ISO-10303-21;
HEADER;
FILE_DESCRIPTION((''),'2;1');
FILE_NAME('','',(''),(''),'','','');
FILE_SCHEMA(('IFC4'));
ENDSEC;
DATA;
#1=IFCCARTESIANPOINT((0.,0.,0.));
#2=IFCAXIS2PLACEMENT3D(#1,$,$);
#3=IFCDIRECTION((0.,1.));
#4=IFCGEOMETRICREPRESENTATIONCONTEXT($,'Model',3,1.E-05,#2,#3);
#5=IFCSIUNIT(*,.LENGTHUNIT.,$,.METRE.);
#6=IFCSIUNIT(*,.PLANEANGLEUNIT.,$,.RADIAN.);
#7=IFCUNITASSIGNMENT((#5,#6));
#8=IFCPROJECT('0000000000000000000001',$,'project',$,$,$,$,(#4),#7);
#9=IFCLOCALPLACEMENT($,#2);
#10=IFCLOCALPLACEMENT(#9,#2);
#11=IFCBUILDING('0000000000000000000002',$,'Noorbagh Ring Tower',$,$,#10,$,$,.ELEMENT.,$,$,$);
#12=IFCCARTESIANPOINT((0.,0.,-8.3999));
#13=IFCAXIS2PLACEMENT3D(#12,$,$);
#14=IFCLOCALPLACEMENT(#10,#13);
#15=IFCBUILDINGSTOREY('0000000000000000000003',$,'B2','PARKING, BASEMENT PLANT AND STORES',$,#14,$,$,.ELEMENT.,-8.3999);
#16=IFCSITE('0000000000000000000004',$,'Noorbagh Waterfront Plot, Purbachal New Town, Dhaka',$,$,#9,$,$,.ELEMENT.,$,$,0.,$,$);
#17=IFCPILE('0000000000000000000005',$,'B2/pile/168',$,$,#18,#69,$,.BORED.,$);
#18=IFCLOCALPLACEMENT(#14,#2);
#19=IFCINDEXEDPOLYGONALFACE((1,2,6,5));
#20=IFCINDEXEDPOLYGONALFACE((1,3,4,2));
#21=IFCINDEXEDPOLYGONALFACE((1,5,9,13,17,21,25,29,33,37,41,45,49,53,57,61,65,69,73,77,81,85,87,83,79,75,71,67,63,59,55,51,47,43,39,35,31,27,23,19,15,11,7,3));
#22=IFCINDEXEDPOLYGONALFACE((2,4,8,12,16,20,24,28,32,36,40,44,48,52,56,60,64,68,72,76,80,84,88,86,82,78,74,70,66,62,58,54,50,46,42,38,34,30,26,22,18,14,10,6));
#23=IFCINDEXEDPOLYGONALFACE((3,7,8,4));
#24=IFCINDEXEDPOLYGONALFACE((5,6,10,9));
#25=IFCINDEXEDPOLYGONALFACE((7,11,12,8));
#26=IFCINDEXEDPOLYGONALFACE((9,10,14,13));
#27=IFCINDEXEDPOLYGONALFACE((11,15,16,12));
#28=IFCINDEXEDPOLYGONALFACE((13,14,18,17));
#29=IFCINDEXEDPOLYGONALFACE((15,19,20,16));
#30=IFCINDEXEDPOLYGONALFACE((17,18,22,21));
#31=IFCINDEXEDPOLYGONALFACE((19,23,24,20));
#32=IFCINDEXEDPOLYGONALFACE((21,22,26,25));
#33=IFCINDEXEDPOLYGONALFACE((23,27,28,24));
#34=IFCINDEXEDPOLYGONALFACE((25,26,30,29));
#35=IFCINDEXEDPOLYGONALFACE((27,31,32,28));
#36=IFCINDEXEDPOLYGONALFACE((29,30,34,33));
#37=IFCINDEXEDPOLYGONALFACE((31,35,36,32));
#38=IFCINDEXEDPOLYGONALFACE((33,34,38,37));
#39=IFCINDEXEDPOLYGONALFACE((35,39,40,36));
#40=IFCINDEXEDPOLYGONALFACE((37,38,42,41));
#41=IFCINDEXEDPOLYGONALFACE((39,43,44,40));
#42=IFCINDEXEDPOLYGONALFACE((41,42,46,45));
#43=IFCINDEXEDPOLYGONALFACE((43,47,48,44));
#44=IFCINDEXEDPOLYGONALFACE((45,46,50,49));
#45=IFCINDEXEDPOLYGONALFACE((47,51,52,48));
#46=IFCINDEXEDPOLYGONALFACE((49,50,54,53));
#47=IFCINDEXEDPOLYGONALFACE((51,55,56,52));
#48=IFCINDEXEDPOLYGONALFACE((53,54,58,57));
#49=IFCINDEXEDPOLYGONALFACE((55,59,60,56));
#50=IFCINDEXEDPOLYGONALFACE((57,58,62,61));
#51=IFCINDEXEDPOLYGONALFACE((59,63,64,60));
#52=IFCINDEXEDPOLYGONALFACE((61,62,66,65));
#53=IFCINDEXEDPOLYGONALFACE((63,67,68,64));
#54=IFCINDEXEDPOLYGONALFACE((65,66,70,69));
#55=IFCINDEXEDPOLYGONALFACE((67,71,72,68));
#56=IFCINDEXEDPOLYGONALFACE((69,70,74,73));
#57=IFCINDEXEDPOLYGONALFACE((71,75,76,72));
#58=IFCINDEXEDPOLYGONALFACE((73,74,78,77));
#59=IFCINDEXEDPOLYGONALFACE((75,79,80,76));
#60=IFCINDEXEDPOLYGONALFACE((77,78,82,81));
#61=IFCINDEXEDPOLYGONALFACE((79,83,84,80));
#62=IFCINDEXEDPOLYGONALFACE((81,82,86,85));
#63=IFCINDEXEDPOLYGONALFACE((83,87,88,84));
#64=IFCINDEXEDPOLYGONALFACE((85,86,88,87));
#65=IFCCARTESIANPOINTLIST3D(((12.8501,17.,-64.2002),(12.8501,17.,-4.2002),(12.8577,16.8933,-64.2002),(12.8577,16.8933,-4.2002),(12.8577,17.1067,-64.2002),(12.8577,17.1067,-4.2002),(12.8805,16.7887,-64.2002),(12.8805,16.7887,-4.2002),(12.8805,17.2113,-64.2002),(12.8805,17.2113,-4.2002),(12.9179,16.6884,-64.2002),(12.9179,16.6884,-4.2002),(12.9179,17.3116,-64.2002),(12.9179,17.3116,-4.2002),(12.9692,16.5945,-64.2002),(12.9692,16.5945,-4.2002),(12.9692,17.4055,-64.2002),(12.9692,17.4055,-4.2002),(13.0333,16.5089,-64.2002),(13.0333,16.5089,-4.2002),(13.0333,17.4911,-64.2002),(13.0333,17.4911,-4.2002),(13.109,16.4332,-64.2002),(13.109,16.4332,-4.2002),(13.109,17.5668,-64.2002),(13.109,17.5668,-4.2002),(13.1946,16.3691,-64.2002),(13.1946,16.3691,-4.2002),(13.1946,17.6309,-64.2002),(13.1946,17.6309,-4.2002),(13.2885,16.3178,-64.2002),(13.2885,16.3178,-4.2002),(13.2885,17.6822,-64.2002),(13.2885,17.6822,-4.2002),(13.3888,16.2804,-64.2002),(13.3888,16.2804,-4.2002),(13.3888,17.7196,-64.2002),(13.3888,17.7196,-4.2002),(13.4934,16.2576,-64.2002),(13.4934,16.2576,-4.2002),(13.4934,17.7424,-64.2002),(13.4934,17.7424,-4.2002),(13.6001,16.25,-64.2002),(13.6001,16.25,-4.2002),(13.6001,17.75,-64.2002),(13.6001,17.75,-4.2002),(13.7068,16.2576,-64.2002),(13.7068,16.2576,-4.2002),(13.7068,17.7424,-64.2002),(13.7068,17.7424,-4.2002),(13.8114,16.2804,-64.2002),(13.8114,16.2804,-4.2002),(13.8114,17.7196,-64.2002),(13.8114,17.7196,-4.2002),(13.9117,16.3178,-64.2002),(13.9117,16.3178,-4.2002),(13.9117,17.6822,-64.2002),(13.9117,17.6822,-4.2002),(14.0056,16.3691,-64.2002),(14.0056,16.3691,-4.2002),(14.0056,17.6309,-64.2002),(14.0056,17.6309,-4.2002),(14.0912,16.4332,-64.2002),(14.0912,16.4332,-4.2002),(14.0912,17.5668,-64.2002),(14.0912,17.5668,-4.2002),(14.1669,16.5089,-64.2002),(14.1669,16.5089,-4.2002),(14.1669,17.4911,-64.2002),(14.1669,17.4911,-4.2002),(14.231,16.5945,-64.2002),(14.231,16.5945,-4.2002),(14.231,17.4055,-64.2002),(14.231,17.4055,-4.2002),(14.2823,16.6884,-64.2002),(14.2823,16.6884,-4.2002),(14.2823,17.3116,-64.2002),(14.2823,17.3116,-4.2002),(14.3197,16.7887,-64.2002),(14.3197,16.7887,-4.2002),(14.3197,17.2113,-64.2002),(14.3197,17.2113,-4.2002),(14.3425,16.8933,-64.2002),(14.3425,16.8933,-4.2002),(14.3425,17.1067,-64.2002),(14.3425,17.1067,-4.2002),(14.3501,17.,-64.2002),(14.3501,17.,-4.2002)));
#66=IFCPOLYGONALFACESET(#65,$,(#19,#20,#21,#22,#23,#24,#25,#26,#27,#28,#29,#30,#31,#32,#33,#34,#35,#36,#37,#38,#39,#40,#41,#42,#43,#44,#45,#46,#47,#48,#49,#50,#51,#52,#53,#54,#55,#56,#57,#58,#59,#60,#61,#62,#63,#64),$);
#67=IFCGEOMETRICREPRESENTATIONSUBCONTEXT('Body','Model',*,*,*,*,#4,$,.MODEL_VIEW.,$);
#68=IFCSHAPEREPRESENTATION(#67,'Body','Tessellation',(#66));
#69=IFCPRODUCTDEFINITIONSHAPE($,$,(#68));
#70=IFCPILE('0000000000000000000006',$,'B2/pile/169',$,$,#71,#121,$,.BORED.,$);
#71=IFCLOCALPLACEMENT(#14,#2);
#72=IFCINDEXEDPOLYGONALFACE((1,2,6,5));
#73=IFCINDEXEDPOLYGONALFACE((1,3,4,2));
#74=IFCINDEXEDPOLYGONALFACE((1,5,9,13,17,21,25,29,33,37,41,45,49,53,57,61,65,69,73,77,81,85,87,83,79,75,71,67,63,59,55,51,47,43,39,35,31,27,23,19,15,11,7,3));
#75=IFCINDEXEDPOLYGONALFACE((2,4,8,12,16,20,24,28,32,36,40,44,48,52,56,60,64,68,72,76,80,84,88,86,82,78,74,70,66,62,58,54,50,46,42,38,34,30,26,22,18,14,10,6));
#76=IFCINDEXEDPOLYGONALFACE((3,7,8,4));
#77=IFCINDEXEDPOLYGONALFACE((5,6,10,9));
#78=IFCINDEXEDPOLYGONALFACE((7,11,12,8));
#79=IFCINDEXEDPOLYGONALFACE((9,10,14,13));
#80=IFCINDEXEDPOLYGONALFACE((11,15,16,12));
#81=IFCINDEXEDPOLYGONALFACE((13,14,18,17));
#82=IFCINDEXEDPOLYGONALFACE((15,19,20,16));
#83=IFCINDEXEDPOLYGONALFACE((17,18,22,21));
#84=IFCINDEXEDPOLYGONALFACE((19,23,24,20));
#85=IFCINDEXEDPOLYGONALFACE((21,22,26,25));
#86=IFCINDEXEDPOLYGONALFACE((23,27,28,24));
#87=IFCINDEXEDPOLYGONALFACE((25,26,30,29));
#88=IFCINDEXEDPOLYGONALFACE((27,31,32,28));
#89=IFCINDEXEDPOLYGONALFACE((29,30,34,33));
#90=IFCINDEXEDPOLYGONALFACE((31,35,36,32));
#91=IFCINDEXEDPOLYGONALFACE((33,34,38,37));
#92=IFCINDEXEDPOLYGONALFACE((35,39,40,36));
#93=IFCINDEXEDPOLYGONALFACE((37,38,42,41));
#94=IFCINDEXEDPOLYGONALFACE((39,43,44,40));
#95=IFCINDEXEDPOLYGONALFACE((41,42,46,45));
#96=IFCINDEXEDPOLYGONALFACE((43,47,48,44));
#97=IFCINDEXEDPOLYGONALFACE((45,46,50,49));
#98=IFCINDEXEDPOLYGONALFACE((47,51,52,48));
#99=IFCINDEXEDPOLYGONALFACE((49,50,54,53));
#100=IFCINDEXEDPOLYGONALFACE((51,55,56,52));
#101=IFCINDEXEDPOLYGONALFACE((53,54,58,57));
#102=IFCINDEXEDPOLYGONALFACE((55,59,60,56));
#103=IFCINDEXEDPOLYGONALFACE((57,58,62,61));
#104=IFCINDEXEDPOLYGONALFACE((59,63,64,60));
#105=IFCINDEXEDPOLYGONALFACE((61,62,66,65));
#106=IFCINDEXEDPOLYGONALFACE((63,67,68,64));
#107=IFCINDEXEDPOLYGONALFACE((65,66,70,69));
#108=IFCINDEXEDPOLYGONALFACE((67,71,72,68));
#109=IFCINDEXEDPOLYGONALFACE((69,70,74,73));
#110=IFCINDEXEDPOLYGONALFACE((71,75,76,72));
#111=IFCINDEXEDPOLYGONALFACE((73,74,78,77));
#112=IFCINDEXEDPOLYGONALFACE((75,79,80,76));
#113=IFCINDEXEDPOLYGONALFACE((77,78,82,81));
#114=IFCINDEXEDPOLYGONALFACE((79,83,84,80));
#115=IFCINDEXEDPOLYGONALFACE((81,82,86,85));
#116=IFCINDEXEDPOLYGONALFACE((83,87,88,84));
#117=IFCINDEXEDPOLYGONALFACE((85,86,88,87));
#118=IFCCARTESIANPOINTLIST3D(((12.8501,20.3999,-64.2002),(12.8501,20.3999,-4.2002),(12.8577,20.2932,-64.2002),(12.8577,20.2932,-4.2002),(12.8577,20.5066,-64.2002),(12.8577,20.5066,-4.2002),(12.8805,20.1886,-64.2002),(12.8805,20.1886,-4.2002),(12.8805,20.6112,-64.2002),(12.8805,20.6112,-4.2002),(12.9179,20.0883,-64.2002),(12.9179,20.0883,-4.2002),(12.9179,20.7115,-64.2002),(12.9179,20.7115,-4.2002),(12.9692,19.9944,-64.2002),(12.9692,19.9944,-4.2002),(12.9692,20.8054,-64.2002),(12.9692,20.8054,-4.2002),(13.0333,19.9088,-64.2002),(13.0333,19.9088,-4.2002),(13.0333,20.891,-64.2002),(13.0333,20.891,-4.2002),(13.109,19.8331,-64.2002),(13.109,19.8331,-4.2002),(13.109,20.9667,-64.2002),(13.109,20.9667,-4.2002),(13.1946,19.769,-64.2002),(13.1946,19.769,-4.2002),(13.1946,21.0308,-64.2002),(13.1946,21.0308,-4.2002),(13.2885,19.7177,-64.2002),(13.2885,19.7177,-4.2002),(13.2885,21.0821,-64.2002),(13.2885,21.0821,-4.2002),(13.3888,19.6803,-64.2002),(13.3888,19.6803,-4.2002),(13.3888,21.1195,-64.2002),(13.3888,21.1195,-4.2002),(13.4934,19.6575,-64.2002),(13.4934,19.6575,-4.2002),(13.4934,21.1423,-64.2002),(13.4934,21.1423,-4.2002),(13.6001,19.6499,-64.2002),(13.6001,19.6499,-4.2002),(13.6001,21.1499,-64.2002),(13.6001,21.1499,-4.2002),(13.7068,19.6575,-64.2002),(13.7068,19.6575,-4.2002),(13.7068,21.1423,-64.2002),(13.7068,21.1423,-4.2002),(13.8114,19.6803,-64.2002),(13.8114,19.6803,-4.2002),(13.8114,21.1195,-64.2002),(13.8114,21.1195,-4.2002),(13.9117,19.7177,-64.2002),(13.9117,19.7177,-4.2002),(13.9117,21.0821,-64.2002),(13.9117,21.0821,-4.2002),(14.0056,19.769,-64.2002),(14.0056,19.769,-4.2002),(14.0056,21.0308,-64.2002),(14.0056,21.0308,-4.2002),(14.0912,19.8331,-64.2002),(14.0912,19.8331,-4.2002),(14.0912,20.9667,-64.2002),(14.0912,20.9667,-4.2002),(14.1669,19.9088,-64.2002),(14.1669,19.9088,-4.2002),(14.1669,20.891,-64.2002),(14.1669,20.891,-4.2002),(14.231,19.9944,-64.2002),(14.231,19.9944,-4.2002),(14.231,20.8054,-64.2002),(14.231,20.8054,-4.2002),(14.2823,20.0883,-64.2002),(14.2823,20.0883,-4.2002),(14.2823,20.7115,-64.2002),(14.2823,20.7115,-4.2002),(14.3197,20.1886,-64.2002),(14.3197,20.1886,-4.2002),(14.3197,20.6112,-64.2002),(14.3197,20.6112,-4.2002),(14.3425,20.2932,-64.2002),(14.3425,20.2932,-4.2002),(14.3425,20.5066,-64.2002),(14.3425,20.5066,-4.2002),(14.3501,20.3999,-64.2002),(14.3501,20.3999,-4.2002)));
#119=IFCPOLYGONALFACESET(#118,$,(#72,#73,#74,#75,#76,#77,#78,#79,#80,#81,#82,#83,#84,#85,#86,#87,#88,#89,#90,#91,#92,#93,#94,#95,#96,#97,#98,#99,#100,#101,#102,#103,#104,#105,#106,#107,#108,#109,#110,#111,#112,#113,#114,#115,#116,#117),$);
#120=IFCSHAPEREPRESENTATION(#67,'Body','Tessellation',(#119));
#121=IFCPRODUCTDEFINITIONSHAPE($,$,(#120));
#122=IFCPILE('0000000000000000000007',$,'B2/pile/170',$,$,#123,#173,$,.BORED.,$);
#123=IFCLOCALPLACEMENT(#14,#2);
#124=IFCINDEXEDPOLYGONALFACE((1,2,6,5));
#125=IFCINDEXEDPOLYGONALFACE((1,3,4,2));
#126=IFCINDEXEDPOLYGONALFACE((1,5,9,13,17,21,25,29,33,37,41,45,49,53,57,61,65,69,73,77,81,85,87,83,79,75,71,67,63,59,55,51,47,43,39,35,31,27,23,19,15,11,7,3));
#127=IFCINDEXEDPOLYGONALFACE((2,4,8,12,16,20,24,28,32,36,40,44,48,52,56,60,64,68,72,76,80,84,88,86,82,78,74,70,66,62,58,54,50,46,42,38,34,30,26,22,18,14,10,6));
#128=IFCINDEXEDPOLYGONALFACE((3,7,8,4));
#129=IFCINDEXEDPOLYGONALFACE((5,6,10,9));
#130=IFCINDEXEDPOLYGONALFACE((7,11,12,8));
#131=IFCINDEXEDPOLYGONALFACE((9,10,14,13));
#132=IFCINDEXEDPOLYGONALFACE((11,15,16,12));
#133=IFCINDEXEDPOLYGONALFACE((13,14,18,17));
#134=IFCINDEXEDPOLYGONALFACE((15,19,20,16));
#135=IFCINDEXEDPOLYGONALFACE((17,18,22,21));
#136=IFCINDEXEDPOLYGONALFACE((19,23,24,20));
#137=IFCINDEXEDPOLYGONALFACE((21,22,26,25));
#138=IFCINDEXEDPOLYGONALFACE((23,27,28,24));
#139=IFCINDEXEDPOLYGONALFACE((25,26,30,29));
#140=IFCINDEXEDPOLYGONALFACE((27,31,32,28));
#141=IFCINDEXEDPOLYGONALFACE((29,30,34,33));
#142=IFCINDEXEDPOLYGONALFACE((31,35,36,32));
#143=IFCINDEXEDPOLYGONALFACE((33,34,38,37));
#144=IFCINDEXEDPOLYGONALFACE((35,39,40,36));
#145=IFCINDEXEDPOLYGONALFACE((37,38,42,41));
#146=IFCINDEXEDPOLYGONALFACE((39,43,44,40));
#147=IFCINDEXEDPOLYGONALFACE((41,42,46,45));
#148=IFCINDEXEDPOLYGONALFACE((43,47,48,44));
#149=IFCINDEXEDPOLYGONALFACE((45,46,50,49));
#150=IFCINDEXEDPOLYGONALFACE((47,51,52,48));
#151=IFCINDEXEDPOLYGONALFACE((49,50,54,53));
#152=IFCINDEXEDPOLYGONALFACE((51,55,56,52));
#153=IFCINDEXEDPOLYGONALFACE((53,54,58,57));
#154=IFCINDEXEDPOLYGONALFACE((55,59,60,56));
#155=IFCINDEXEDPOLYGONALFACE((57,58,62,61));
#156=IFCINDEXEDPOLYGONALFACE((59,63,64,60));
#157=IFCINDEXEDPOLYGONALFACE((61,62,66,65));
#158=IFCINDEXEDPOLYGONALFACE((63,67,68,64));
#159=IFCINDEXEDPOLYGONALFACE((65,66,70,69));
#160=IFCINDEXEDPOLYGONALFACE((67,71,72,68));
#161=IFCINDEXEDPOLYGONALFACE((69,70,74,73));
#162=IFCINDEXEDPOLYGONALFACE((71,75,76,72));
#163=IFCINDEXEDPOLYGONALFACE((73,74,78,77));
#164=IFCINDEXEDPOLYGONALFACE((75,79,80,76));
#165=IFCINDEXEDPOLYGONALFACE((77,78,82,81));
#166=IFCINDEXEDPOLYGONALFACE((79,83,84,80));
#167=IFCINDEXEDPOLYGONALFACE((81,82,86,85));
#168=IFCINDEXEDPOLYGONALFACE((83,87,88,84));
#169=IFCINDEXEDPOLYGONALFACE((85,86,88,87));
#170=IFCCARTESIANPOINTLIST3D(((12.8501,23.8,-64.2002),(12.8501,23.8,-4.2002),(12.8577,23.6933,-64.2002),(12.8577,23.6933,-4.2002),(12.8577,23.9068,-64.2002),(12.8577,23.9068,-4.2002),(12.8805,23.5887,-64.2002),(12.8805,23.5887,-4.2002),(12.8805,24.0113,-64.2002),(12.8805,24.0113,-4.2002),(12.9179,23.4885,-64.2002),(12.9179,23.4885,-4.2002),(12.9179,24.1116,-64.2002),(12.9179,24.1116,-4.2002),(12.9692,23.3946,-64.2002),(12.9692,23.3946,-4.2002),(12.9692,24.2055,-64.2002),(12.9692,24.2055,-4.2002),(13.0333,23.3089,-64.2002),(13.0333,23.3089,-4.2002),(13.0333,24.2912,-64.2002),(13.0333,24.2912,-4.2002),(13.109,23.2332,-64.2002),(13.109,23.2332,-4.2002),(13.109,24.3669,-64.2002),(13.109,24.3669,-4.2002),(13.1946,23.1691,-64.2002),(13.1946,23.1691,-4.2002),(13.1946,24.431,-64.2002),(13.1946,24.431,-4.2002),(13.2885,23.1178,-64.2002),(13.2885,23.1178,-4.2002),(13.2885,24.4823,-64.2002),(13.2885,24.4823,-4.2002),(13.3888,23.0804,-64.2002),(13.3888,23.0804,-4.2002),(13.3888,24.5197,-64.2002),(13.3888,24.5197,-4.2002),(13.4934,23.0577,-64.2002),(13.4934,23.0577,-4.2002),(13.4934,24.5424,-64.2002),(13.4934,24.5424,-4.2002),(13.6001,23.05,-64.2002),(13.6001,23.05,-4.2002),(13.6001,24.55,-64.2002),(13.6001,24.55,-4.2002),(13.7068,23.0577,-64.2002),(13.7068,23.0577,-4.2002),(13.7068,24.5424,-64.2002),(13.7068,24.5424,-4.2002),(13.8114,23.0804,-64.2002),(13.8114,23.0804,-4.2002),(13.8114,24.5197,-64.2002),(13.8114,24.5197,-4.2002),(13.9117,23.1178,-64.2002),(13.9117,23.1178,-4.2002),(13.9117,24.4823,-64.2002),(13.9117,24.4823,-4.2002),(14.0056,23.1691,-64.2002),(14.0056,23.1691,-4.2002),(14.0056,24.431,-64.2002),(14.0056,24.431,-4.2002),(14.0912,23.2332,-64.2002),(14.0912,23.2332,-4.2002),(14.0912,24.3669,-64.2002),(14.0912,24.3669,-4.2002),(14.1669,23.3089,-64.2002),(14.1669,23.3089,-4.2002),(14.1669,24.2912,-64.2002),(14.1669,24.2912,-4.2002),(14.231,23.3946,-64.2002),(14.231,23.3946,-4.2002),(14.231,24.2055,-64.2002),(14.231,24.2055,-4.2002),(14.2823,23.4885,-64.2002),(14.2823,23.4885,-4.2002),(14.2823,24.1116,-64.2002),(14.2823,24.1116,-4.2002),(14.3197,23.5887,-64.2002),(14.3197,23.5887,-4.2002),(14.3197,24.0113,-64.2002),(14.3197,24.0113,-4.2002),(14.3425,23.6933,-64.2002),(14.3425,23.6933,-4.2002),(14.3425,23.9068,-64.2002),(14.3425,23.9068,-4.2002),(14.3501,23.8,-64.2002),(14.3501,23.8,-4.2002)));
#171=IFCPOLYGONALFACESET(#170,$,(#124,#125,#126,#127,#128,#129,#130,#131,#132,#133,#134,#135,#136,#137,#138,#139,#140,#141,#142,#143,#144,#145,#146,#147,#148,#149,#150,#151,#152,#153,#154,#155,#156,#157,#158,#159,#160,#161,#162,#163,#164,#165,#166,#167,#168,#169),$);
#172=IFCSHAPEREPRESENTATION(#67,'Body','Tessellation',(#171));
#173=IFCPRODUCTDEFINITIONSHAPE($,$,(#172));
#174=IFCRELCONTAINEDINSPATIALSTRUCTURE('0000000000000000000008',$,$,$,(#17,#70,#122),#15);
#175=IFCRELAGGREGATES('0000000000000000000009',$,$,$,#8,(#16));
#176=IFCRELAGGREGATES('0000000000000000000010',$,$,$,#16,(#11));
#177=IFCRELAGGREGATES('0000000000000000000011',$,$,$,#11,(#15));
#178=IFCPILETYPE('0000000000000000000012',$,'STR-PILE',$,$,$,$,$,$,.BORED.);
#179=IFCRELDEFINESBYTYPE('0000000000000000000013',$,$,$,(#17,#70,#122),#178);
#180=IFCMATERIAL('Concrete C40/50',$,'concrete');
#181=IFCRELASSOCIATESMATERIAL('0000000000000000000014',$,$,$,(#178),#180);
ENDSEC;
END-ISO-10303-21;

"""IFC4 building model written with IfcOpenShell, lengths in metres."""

from ifc_helpers import new_model, si_unit, direction, frame, origin, origin_2d, place, context, subcontext, project, spatial, circle, extrude, material, material_profile, profile_set, type_object, element, save


model = new_model("IFC4")

# Units and contexts
model_context = context("Model", 3, precision=1e-05, world=origin(), true_north=direction((0.0, 1.0)))
body_context = subcontext(model_context, "Body", "Model", "MODEL_VIEW")
ifc_project = project(units=[si_unit("LENGTHUNIT", "METRE"), si_unit("PLANEANGLEUNIT", "RADIAN")], contexts=[model_context])

# Site, building, storey
site_placement = place(None, origin())
site = spatial("IfcSite", under=ifc_project, at=site_placement, Name="Noorbagh Waterfront Plot, Purbachal New Town, Dhaka", CompositionType="ELEMENT", RefElevation=0.0)
building_placement = place(site_placement, origin())
building = spatial("IfcBuilding", under=site, at=building_placement, Name="Noorbagh Ring Tower", CompositionType="ELEMENT")
storey_placement = place(building_placement, frame((0.0, 0.0, -8.3999)))
storey = spatial("IfcBuildingStorey", under=building, at=storey_placement, Name="B2", Description="PARKING, BASEMENT PLANT AND STORES", CompositionType="ELEMENT", Elevation=-8.3999)

# Piles
ifc_material_1 = material(Name="Concrete C40/50", Category="concrete")
ifc_material_profile_1 = material_profile(ifc_material_1, circle(Radius=0.75, at=origin_2d()), Name="PILE1500")
ifc_profile_set_1 = profile_set([ifc_material_profile_1], Name="Concrete C40/50")
pile_type = type_object("IfcPileType", Name="STR-PILE", PredefinedType="BORED", material=ifc_profile_set_1)
for number, where, z_axis, x_axis, name in (
    (1, (13.6001, 17.0, -4.2002), (0.0, 0.0, -1.0), (1.0, 0.0, 0.0), "B2/pile/168"),
    (2, (13.6001, 20.3999, -4.2002), (0.0, 0.0, -1.0), (1.0, 0.0, 0.0), "B2/pile/169"),
    (3, (13.6001, 23.8, -4.2002), (0.0, 0.0, -1.0), (1.0, 0.0, 0.0), "B2/pile/170"),
):
    element("IfcPile", number, at=place(storey_placement, frame(where, z_axis=z_axis, x_axis=x_axis)), inside=storey, type_object=pile_type, Name=name, PredefinedType="BORED", context=body_context, shape_type="SweptSolid", body=[
        extrude(circle(Radius=0.75, at=origin_2d()), origin(), (0.0, 0.0, 1.0), 60.0),
    ])

save(model, "model.ifc")
